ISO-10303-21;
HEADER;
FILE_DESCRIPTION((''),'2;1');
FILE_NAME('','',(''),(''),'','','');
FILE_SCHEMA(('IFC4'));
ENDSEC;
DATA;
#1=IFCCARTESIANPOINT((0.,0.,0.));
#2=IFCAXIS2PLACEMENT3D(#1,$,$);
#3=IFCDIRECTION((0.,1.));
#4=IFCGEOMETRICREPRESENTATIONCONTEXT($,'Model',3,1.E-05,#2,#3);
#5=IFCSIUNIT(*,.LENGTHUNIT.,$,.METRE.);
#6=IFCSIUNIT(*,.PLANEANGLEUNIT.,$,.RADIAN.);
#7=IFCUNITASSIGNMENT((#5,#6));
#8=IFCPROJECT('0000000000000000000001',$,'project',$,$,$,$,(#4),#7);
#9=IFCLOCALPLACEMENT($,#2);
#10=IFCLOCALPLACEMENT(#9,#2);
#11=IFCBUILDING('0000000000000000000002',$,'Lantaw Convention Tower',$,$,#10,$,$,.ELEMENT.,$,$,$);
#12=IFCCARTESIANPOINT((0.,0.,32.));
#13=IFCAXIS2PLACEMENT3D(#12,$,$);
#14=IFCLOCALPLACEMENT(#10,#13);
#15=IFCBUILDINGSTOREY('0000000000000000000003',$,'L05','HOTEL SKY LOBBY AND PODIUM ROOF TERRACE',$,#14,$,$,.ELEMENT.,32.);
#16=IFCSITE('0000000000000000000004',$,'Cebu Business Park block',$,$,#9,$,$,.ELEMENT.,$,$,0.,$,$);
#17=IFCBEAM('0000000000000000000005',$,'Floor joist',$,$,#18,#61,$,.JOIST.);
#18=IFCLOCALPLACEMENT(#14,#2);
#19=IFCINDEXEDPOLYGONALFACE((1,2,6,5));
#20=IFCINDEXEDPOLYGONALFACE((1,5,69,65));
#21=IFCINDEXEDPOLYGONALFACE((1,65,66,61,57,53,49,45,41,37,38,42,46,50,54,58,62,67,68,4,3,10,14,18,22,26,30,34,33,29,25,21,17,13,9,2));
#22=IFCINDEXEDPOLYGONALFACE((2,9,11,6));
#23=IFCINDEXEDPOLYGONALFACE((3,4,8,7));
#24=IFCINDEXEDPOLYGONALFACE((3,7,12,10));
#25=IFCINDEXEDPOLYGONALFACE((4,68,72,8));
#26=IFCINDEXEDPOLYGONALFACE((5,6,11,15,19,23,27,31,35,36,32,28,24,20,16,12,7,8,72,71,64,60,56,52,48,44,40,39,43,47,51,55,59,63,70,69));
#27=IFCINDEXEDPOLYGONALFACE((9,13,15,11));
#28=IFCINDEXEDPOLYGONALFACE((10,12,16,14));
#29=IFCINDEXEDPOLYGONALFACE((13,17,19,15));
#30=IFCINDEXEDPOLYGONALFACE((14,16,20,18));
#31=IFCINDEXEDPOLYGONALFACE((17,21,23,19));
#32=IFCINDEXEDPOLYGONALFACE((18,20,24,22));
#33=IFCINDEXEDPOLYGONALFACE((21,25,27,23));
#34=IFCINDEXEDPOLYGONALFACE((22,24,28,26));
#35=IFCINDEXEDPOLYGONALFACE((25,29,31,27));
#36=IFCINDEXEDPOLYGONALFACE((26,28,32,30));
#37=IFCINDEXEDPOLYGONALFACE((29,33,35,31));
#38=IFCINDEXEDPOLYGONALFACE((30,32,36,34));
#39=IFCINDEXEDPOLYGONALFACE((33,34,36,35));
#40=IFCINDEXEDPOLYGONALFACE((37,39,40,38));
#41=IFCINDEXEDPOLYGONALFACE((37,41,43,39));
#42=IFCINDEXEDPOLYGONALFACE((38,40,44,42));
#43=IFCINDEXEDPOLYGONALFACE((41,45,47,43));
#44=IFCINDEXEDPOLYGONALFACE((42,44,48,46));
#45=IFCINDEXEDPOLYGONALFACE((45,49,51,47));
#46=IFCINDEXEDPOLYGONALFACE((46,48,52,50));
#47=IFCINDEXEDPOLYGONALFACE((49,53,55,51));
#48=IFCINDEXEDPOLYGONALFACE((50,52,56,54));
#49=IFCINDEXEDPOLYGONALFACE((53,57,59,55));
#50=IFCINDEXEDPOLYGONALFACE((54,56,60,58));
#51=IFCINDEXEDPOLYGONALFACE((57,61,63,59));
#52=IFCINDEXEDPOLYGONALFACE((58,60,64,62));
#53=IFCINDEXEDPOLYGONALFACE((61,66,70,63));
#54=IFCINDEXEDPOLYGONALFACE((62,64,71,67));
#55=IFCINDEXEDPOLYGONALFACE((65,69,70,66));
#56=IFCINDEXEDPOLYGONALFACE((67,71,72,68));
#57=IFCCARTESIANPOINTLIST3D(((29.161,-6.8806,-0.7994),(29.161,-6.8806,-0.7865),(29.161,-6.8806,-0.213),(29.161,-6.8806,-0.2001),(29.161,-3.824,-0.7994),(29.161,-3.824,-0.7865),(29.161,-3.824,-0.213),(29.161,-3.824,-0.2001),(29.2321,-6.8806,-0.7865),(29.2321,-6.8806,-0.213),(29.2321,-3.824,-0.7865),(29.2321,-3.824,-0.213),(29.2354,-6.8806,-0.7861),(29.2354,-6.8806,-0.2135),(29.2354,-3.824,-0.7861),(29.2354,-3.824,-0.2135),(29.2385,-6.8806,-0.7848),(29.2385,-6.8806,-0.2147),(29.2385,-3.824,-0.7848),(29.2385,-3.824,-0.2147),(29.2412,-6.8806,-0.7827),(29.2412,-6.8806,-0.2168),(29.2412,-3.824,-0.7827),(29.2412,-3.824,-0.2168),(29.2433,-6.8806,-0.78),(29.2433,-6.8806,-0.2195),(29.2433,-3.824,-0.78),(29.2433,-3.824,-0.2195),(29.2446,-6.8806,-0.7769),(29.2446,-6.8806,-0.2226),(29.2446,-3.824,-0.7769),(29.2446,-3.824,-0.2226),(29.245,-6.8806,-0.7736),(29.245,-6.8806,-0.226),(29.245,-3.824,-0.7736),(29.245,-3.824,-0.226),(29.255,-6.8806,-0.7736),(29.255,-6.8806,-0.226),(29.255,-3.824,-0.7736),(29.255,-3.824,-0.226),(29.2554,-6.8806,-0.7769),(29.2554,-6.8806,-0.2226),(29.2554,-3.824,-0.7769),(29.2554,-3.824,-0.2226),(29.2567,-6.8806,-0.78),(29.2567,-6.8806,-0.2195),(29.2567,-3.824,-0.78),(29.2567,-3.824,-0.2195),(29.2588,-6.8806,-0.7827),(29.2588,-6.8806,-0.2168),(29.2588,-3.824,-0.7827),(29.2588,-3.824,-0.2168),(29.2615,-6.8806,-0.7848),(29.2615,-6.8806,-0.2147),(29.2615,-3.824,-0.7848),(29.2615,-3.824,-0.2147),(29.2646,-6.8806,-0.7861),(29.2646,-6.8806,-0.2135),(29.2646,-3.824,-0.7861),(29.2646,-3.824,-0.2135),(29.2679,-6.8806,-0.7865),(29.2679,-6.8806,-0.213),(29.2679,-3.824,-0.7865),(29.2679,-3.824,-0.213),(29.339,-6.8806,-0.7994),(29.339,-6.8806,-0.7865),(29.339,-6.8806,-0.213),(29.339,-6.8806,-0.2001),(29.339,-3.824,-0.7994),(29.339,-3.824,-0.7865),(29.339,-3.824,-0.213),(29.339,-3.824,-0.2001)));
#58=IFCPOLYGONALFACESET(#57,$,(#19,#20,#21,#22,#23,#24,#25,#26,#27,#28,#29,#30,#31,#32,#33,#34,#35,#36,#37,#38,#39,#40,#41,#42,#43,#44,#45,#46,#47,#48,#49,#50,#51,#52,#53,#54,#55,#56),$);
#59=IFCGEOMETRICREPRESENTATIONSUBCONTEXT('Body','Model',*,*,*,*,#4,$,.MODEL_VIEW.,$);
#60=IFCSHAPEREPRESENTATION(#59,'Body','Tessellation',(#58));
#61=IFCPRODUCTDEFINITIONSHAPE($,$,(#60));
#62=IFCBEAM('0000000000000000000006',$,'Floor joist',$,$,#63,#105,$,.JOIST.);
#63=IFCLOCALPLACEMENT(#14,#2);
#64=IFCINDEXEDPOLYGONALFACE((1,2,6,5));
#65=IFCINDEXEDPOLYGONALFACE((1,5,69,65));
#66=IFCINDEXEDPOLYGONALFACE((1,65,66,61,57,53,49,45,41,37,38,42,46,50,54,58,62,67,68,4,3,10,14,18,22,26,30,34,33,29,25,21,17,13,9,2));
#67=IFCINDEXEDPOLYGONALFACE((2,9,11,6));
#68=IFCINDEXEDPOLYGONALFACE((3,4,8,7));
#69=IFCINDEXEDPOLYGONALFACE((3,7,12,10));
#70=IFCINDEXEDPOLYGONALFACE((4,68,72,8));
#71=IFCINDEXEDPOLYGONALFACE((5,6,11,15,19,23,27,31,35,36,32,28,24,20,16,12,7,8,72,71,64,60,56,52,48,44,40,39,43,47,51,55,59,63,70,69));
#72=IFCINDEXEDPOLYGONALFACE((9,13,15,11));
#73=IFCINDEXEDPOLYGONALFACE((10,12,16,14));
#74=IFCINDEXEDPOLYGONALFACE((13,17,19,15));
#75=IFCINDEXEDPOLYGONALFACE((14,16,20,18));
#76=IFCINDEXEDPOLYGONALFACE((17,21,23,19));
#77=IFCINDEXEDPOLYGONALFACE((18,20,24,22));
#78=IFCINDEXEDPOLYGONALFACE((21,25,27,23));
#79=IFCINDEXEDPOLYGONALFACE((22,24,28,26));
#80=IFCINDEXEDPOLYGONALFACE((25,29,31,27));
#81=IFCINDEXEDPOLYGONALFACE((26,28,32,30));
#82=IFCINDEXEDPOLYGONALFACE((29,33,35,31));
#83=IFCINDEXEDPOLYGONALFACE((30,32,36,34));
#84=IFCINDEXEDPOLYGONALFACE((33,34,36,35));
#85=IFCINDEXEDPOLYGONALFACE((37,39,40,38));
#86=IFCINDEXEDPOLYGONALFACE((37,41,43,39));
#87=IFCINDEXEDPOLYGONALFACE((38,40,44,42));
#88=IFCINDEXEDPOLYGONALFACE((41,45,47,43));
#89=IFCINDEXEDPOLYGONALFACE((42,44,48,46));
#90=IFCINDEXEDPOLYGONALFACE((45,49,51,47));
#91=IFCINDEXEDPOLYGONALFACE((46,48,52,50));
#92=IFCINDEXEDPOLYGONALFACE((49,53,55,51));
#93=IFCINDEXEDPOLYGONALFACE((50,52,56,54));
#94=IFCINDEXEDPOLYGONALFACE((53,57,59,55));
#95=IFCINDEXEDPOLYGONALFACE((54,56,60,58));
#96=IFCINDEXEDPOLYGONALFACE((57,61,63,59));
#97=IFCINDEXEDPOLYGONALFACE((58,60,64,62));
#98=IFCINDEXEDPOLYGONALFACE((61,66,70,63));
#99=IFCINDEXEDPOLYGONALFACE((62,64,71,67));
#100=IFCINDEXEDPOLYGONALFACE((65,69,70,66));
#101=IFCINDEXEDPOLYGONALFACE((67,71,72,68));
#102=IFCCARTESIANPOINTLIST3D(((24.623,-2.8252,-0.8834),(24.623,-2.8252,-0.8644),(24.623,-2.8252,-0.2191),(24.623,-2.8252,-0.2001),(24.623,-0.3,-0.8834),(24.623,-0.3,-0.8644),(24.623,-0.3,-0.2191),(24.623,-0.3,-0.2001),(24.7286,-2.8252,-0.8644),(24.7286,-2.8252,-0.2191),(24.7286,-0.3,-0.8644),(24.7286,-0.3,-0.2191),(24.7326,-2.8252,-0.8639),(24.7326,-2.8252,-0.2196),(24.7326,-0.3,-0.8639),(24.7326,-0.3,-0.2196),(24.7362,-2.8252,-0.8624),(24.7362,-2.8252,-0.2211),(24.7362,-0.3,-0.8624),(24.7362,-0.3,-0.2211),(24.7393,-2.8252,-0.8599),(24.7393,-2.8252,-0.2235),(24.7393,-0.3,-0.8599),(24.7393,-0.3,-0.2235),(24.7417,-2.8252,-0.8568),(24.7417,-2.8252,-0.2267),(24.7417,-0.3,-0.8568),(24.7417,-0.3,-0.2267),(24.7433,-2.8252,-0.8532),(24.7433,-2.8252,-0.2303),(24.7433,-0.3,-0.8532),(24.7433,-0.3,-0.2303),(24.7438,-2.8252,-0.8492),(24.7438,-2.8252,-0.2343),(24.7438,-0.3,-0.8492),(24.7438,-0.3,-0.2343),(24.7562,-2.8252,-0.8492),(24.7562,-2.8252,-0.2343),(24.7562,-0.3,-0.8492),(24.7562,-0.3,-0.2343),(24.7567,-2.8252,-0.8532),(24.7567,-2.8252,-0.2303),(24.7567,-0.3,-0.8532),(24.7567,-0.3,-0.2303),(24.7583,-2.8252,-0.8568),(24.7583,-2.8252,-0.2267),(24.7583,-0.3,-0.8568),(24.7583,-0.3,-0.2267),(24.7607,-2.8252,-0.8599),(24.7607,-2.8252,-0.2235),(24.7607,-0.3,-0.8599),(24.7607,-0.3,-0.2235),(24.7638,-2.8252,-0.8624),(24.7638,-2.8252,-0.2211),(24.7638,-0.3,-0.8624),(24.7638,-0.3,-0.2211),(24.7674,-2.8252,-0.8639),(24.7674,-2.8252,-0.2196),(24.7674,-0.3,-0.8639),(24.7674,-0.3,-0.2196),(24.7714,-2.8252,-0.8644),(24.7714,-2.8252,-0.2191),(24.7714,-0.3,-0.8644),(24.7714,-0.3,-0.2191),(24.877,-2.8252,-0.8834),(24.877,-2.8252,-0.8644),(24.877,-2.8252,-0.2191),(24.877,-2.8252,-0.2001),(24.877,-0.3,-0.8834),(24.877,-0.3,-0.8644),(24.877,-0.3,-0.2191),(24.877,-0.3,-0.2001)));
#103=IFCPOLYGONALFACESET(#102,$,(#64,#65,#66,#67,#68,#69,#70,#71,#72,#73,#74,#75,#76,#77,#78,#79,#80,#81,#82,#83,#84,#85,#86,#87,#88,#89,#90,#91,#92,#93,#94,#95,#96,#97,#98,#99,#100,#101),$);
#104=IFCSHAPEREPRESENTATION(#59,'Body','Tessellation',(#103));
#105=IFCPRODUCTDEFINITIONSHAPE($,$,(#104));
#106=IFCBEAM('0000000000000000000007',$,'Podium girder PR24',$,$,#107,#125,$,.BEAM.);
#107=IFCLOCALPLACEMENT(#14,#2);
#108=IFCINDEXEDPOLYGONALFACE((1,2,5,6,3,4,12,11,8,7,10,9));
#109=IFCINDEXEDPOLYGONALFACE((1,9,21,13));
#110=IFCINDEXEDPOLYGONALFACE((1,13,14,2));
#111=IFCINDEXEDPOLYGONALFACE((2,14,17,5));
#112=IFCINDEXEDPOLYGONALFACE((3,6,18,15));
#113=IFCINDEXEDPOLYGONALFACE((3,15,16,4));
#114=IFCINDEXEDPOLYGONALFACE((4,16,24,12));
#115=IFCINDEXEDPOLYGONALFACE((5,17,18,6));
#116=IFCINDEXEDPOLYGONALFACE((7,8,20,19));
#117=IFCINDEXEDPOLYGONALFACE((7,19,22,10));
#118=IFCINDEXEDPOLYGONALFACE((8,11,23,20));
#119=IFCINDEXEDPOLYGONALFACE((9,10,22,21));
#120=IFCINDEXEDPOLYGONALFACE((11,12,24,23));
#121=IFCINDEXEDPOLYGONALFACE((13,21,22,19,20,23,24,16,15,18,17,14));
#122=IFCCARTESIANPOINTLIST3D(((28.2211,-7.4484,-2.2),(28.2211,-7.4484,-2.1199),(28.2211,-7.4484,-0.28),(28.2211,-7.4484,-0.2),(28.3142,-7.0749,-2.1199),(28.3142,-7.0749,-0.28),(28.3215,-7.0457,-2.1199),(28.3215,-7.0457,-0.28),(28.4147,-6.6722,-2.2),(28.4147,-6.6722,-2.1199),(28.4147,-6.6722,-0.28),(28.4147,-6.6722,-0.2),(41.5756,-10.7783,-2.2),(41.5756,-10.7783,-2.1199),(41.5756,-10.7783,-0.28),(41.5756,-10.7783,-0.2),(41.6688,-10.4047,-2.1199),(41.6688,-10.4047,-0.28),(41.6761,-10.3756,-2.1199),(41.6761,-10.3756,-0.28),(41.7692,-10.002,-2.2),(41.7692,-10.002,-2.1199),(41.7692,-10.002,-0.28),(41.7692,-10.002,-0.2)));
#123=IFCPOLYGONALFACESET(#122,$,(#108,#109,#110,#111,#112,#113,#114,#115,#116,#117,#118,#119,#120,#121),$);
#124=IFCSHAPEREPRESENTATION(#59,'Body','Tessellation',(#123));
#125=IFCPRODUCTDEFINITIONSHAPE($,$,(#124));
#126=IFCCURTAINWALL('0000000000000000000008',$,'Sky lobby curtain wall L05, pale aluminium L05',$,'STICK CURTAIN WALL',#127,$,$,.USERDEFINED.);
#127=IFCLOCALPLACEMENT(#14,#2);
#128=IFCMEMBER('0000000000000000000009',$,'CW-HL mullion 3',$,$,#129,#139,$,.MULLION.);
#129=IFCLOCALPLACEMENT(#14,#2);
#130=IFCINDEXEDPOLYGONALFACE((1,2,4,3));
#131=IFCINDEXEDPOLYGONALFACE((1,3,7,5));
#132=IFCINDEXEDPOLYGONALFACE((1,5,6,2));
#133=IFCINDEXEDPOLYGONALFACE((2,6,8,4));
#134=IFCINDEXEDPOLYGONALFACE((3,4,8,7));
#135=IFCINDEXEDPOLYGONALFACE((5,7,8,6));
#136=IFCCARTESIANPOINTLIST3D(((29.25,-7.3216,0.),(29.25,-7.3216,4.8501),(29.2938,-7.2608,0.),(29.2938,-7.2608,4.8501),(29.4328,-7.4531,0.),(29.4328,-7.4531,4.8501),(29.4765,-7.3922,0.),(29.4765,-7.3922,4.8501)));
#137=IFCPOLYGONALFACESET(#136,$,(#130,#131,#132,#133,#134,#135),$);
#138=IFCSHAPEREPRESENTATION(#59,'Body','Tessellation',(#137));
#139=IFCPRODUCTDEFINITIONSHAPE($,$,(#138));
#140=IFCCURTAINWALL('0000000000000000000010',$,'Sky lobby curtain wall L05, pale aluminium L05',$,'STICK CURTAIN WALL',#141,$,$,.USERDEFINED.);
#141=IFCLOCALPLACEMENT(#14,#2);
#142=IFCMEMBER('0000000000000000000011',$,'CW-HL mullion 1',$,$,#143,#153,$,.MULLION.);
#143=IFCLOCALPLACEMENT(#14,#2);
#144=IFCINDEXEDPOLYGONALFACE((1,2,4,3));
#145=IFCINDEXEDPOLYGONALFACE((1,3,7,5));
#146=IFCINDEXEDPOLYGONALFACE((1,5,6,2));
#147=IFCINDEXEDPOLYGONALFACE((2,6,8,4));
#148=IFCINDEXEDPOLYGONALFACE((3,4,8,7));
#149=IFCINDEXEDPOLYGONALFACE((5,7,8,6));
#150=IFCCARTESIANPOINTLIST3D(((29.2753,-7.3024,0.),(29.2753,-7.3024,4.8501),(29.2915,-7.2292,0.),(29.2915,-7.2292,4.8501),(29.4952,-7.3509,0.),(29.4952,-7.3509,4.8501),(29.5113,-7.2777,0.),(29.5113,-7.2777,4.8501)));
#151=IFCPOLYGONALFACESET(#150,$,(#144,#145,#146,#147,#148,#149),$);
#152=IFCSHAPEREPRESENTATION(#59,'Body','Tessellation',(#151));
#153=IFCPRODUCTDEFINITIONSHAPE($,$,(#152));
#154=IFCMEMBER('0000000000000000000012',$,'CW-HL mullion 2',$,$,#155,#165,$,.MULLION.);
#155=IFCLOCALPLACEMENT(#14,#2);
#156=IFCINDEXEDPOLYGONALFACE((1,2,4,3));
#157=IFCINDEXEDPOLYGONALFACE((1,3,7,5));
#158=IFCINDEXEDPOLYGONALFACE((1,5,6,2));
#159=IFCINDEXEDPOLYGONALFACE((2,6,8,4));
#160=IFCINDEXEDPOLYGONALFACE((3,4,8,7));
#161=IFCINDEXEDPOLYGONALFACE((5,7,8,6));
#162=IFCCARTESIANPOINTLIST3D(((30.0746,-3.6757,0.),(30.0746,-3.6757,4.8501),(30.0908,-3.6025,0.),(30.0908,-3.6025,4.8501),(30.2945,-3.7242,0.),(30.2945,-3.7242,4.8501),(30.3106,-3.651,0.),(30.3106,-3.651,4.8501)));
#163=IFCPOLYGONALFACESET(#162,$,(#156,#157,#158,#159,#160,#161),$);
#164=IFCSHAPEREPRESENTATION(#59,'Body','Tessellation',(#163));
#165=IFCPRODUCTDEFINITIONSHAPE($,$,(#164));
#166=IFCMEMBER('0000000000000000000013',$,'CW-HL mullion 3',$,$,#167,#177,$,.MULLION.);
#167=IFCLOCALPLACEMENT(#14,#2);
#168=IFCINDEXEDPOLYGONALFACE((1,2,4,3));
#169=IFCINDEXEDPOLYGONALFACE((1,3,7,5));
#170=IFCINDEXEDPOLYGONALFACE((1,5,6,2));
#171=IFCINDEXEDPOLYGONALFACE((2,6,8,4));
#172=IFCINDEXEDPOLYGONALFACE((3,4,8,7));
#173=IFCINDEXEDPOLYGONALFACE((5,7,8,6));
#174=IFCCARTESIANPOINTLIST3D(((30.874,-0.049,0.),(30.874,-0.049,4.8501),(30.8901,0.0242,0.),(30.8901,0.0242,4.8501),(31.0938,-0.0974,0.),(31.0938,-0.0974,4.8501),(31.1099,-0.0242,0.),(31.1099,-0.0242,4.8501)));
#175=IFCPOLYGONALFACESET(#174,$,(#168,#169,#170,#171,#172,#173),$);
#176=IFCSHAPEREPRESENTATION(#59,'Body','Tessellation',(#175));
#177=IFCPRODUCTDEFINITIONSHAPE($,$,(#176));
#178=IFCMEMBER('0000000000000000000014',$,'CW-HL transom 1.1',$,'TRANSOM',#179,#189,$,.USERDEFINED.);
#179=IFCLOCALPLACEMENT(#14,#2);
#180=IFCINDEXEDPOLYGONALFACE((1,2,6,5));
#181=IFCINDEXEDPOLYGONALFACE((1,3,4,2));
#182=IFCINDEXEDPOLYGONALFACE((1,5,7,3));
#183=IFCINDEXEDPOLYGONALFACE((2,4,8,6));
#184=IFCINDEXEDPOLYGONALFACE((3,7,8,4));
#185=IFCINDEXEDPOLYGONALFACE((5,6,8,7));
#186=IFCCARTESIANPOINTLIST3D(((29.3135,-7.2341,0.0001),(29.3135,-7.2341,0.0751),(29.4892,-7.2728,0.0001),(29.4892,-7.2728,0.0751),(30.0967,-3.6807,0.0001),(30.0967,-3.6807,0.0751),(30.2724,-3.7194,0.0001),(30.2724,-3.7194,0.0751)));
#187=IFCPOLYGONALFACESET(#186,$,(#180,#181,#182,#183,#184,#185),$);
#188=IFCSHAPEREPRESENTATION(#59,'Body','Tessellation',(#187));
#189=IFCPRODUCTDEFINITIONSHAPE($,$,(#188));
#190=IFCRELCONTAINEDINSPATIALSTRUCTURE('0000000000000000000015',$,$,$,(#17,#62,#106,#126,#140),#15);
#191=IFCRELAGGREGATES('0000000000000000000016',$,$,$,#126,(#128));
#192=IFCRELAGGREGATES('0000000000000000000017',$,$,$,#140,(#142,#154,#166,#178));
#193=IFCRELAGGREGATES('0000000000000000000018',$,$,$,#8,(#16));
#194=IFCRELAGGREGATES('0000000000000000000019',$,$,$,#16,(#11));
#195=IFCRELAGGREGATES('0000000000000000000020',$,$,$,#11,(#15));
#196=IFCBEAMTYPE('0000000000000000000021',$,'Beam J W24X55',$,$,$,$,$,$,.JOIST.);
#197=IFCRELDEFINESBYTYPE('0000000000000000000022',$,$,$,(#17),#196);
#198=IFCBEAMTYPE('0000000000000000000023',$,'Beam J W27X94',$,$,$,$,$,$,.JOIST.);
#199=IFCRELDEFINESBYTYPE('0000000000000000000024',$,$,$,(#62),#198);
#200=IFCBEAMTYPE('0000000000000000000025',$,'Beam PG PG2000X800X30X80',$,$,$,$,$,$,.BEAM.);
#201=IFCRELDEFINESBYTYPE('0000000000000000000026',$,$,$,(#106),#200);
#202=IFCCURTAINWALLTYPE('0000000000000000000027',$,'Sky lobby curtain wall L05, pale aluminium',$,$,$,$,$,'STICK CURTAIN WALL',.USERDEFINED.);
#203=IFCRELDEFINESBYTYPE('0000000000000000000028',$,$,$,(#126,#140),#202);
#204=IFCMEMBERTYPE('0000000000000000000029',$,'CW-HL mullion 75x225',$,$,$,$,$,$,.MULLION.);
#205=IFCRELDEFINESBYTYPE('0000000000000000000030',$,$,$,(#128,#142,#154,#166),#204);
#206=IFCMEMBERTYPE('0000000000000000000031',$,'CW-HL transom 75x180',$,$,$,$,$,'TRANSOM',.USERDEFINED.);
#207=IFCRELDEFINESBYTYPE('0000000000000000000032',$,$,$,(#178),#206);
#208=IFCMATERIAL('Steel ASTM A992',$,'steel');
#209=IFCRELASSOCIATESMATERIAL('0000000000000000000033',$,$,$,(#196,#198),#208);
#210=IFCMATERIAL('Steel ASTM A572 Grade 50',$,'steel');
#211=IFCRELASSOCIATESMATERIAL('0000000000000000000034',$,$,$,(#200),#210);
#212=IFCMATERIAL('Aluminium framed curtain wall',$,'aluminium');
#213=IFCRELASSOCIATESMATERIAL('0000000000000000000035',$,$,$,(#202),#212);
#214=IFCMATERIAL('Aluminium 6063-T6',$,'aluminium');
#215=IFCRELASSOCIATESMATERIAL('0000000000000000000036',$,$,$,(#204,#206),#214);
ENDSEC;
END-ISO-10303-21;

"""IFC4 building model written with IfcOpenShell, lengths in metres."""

from ifc_helpers import new_model, si_unit, direction, frame, origin, origin_2d, place, context, subcontext, project, spatial, rectangle, i_section, extrude, material, material_profile, profile_set, type_object, element, aggregate, save


model = new_model("IFC4")

# Units and contexts
model_context = context("Model", 3, precision=1e-05, world=origin(), true_north=direction((0.0, 1.0)))
body_context = subcontext(model_context, "Body", "Model", "MODEL_VIEW")
ifc_project = project(units=[si_unit("LENGTHUNIT", "METRE"), si_unit("PLANEANGLEUNIT", "RADIAN")], contexts=[model_context])

# Site, building, storey
site_placement = place(None, origin())
site = spatial("IfcSite", under=ifc_project, at=site_placement, Name="Cebu Business Park block", CompositionType="ELEMENT", RefElevation=0.0)
building_placement = place(site_placement, origin())
building = spatial("IfcBuilding", under=site, at=building_placement, Name="Lantaw Convention Tower", CompositionType="ELEMENT")
storey_placement = place(building_placement, frame((0.0, 0.0, 32.0)))
storey = spatial("IfcBuildingStorey", under=building, at=storey_placement, Name="L05", Description="HOTEL SKY LOBBY AND PODIUM ROOF TERRACE", CompositionType="ELEMENT", Elevation=32.0)

# Beams
ifc_material_1 = material(Name="Steel ASTM A992", Category="steel")
ifc_material_profile_1 = material_profile(ifc_material_1, i_section(OverallWidth=0.178, OverallDepth=0.5994, WebThickness=0.01, FlangeThickness=0.0129, FilletRadius=0.0129, at=origin_2d()), Name="W24X55")
ifc_profile_set_1 = profile_set([ifc_material_profile_1], Name="Steel ASTM A992")
beam_type_1 = type_object("IfcBeamType", Name="Beam J W24X55", PredefinedType="JOIST", material=ifc_profile_set_1)
beam_1_placement = place(storey_placement, frame((29.25, -6.8806, -0.4998), z_axis=(0.0, 1.0, 0.0), x_axis=(-1.0, 0.0, 0.0)))
element("IfcBeam", 1, at=beam_1_placement, inside=storey, type_object=beam_type_1, Name="Floor joist", PredefinedType="JOIST", context=body_context, shape_type="SweptSolid", body=[
    extrude(i_section(OverallWidth=0.178, OverallDepth=0.5994, WebThickness=0.01, FlangeThickness=0.0129, FilletRadius=0.0129, at=origin_2d()), origin(), (0.0, 0.0, 1.0), 3.0566),
])
ifc_material_profile_2 = material_profile(ifc_material_1, i_section(OverallWidth=0.2539, OverallDepth=0.6833, WebThickness=0.0125, FlangeThickness=0.019, FilletRadius=0.0151, at=origin_2d()), Name="W27X94")
ifc_profile_set_2 = profile_set([ifc_material_profile_2], Name="Steel ASTM A992")
beam_type_2 = type_object("IfcBeamType", Name="Beam J W27X94", PredefinedType="JOIST", material=ifc_profile_set_2)
beam_2_placement = place(storey_placement, frame((24.75, -2.8252, -0.5417), z_axis=(0.0, 1.0, 0.0), x_axis=(-1.0, 0.0, 0.0)))
element("IfcBeam", 2, at=beam_2_placement, inside=storey, type_object=beam_type_2, Name="Floor joist", PredefinedType="JOIST", context=body_context, shape_type="SweptSolid", body=[
    extrude(i_section(OverallWidth=0.2539, OverallDepth=0.6833, WebThickness=0.0125, FlangeThickness=0.019, FilletRadius=0.0151, at=origin_2d()), origin(), (0.0, 0.0, 1.0), 2.5251),
])
ifc_material_2 = material(Name="Steel ASTM A572 Grade 50", Category="steel")
ifc_material_profile_3 = material_profile(ifc_material_2, i_section(OverallWidth=0.8, OverallDepth=2.0, WebThickness=0.03, FlangeThickness=0.0801, at=origin_2d()), Name="PG2000X800X30X80")
ifc_profile_set_3 = profile_set([ifc_material_profile_3], Name="Steel ASTM A572 Grade 50")
beam_type_3 = type_object("IfcBeamType", Name="Beam PG PG2000X800X30X80", PredefinedType="BEAM", material=ifc_profile_set_3)
beam_3_placement = place(storey_placement, frame((28.3179, -7.0603, -1.2), z_axis=(0.970293, -0.241935, 0.0), x_axis=(0.241935, 0.970293, 0.0)))
element("IfcBeam", 3, at=beam_3_placement, inside=storey, type_object=beam_type_3, Name="Podium girder PR24", PredefinedType="BEAM", context=body_context, shape_type="SweptSolid", body=[
    extrude(i_section(OverallWidth=0.8, OverallDepth=2.0, WebThickness=0.03, FlangeThickness=0.0801, at=origin_2d()), origin(), (0.0, 0.0, 1.0), 13.7634),
])

# Curtain wall, member
ifc_material_3 = material(Name="Aluminium framed curtain wall", Category="aluminium")
curtain_wall_type = type_object("IfcCurtainWallType", Name="Sky lobby curtain wall L05, pale aluminium", ElementType="STICK CURTAIN WALL", PredefinedType="USERDEFINED", material=ifc_material_3)
curtain_wall_1_placement = place(storey_placement, origin())
curtain_wall_1 = element("IfcCurtainWall", 4, at=curtain_wall_1_placement, inside=storey, type_object=curtain_wall_type, Name="Sky lobby curtain wall L05, pale aluminium L05", ObjectType="STICK CURTAIN WALL", PredefinedType="USERDEFINED")
ifc_material_4 = material(Name="Aluminium 6063-T6", Category="aluminium")
ifc_material_profile_4 = material_profile(ifc_material_4, rectangle(XDim=0.2251, YDim=0.075, at=origin_2d()), Name="CW-HL mullion 75x225")
ifc_profile_set_4 = profile_set([ifc_material_profile_4], Name="Aluminium 6063-T6")
member_type_1 = type_object("IfcMemberType", Name="CW-HL mullion 75x225", PredefinedType="MULLION", material=ifc_profile_set_4)
member_1_placement = place(storey_placement, frame((29.3633, -7.3569, 0.0), z_axis=(0.0, 0.0, 1.0), x_axis=(-0.811789, 0.583951, 0.0)))
member_1 = element("IfcMember", 5, at=member_1_placement, type_object=member_type_1, Name="CW-HL mullion 3", PredefinedType="MULLION", context=body_context, shape_type="SweptSolid", body=[
    extrude(rectangle(XDim=0.2251, YDim=0.075, at=origin_2d()), origin(), (0.0, 0.0, 1.0), 4.8501),
])
aggregate(curtain_wall_1, [member_1])

# Curtain wall, members
curtain_wall_2_placement = place(storey_placement, origin())
curtain_wall_2 = element("IfcCurtainWall", 6, at=curtain_wall_2_placement, inside=storey, type_object=curtain_wall_type, Name="Sky lobby curtain wall L05, pale aluminium L05", ObjectType="STICK CURTAIN WALL", PredefinedType="USERDEFINED")
member_2_placement = place(storey_placement, frame((29.3933, -7.29, 0.0), z_axis=(0.0, 0.0, 1.0), x_axis=(-0.97656, 0.215246, 0.0)))
member_2 = element("IfcMember", 7, at=member_2_placement, type_object=member_type_1, Name="CW-HL mullion 1", PredefinedType="MULLION", context=body_context, shape_type="SweptSolid", body=[
    extrude(rectangle(XDim=0.2251, YDim=0.075, at=origin_2d()), origin(), (0.0, 0.0, 1.0), 4.8501),
])
member_3_placement = place(storey_placement, frame((30.1926, -3.6633, 0.0), z_axis=(0.0, 0.0, 1.0), x_axis=(-0.97656, 0.215246, 0.0)))
member_3 = element("IfcMember", 8, at=member_3_placement, type_object=member_type_1, Name="CW-HL mullion 2", PredefinedType="MULLION", context=body_context, shape_type="SweptSolid", body=[
    extrude(rectangle(XDim=0.2251, YDim=0.075, at=origin_2d()), origin(), (0.0, 0.0, 1.0), 4.8501),
])
member_4_placement = place(storey_placement, frame((30.9919, -0.0366, 0.0), z_axis=(0.0, 0.0, 1.0), x_axis=(-0.97656, 0.215246, 0.0)))
member_4 = element("IfcMember", 9, at=member_4_placement, type_object=member_type_1, Name="CW-HL mullion 3", PredefinedType="MULLION", context=body_context, shape_type="SweptSolid", body=[
    extrude(rectangle(XDim=0.2251, YDim=0.075, at=origin_2d()), origin(), (0.0, 0.0, 1.0), 4.8501),
])
ifc_material_profile_5 = material_profile(ifc_material_4, rectangle(XDim=0.1799, YDim=0.075, at=origin_2d()), Name="CW-HL transom 75x180")
ifc_profile_set_5 = profile_set([ifc_material_profile_5], Name="Aluminium 6063-T6")
member_type_2 = type_object("IfcMemberType", Name="CW-HL transom 75x180", ElementType="TRANSOM", PredefinedType="USERDEFINED", material=ifc_profile_set_5)
member_5_placement = place(storey_placement, frame((29.4014, -7.2534, 0.0376), z_axis=(0.215239, 0.976561, 0.0), x_axis=(-0.976561, 0.215239, 0.0)))
member_5 = element("IfcMember", 10, at=member_5_placement, type_object=member_type_2, Name="CW-HL transom 1.1", ObjectType="TRANSOM", PredefinedType="USERDEFINED", context=body_context, shape_type="SweptSolid", body=[
    extrude(rectangle(XDim=0.1799, YDim=0.075, at=origin_2d()), origin(), (0.0, 0.0, 1.0), 3.6387),
])
aggregate(curtain_wall_2, [member_2, member_3, member_4, member_5])

save(model, "model.ifc")
